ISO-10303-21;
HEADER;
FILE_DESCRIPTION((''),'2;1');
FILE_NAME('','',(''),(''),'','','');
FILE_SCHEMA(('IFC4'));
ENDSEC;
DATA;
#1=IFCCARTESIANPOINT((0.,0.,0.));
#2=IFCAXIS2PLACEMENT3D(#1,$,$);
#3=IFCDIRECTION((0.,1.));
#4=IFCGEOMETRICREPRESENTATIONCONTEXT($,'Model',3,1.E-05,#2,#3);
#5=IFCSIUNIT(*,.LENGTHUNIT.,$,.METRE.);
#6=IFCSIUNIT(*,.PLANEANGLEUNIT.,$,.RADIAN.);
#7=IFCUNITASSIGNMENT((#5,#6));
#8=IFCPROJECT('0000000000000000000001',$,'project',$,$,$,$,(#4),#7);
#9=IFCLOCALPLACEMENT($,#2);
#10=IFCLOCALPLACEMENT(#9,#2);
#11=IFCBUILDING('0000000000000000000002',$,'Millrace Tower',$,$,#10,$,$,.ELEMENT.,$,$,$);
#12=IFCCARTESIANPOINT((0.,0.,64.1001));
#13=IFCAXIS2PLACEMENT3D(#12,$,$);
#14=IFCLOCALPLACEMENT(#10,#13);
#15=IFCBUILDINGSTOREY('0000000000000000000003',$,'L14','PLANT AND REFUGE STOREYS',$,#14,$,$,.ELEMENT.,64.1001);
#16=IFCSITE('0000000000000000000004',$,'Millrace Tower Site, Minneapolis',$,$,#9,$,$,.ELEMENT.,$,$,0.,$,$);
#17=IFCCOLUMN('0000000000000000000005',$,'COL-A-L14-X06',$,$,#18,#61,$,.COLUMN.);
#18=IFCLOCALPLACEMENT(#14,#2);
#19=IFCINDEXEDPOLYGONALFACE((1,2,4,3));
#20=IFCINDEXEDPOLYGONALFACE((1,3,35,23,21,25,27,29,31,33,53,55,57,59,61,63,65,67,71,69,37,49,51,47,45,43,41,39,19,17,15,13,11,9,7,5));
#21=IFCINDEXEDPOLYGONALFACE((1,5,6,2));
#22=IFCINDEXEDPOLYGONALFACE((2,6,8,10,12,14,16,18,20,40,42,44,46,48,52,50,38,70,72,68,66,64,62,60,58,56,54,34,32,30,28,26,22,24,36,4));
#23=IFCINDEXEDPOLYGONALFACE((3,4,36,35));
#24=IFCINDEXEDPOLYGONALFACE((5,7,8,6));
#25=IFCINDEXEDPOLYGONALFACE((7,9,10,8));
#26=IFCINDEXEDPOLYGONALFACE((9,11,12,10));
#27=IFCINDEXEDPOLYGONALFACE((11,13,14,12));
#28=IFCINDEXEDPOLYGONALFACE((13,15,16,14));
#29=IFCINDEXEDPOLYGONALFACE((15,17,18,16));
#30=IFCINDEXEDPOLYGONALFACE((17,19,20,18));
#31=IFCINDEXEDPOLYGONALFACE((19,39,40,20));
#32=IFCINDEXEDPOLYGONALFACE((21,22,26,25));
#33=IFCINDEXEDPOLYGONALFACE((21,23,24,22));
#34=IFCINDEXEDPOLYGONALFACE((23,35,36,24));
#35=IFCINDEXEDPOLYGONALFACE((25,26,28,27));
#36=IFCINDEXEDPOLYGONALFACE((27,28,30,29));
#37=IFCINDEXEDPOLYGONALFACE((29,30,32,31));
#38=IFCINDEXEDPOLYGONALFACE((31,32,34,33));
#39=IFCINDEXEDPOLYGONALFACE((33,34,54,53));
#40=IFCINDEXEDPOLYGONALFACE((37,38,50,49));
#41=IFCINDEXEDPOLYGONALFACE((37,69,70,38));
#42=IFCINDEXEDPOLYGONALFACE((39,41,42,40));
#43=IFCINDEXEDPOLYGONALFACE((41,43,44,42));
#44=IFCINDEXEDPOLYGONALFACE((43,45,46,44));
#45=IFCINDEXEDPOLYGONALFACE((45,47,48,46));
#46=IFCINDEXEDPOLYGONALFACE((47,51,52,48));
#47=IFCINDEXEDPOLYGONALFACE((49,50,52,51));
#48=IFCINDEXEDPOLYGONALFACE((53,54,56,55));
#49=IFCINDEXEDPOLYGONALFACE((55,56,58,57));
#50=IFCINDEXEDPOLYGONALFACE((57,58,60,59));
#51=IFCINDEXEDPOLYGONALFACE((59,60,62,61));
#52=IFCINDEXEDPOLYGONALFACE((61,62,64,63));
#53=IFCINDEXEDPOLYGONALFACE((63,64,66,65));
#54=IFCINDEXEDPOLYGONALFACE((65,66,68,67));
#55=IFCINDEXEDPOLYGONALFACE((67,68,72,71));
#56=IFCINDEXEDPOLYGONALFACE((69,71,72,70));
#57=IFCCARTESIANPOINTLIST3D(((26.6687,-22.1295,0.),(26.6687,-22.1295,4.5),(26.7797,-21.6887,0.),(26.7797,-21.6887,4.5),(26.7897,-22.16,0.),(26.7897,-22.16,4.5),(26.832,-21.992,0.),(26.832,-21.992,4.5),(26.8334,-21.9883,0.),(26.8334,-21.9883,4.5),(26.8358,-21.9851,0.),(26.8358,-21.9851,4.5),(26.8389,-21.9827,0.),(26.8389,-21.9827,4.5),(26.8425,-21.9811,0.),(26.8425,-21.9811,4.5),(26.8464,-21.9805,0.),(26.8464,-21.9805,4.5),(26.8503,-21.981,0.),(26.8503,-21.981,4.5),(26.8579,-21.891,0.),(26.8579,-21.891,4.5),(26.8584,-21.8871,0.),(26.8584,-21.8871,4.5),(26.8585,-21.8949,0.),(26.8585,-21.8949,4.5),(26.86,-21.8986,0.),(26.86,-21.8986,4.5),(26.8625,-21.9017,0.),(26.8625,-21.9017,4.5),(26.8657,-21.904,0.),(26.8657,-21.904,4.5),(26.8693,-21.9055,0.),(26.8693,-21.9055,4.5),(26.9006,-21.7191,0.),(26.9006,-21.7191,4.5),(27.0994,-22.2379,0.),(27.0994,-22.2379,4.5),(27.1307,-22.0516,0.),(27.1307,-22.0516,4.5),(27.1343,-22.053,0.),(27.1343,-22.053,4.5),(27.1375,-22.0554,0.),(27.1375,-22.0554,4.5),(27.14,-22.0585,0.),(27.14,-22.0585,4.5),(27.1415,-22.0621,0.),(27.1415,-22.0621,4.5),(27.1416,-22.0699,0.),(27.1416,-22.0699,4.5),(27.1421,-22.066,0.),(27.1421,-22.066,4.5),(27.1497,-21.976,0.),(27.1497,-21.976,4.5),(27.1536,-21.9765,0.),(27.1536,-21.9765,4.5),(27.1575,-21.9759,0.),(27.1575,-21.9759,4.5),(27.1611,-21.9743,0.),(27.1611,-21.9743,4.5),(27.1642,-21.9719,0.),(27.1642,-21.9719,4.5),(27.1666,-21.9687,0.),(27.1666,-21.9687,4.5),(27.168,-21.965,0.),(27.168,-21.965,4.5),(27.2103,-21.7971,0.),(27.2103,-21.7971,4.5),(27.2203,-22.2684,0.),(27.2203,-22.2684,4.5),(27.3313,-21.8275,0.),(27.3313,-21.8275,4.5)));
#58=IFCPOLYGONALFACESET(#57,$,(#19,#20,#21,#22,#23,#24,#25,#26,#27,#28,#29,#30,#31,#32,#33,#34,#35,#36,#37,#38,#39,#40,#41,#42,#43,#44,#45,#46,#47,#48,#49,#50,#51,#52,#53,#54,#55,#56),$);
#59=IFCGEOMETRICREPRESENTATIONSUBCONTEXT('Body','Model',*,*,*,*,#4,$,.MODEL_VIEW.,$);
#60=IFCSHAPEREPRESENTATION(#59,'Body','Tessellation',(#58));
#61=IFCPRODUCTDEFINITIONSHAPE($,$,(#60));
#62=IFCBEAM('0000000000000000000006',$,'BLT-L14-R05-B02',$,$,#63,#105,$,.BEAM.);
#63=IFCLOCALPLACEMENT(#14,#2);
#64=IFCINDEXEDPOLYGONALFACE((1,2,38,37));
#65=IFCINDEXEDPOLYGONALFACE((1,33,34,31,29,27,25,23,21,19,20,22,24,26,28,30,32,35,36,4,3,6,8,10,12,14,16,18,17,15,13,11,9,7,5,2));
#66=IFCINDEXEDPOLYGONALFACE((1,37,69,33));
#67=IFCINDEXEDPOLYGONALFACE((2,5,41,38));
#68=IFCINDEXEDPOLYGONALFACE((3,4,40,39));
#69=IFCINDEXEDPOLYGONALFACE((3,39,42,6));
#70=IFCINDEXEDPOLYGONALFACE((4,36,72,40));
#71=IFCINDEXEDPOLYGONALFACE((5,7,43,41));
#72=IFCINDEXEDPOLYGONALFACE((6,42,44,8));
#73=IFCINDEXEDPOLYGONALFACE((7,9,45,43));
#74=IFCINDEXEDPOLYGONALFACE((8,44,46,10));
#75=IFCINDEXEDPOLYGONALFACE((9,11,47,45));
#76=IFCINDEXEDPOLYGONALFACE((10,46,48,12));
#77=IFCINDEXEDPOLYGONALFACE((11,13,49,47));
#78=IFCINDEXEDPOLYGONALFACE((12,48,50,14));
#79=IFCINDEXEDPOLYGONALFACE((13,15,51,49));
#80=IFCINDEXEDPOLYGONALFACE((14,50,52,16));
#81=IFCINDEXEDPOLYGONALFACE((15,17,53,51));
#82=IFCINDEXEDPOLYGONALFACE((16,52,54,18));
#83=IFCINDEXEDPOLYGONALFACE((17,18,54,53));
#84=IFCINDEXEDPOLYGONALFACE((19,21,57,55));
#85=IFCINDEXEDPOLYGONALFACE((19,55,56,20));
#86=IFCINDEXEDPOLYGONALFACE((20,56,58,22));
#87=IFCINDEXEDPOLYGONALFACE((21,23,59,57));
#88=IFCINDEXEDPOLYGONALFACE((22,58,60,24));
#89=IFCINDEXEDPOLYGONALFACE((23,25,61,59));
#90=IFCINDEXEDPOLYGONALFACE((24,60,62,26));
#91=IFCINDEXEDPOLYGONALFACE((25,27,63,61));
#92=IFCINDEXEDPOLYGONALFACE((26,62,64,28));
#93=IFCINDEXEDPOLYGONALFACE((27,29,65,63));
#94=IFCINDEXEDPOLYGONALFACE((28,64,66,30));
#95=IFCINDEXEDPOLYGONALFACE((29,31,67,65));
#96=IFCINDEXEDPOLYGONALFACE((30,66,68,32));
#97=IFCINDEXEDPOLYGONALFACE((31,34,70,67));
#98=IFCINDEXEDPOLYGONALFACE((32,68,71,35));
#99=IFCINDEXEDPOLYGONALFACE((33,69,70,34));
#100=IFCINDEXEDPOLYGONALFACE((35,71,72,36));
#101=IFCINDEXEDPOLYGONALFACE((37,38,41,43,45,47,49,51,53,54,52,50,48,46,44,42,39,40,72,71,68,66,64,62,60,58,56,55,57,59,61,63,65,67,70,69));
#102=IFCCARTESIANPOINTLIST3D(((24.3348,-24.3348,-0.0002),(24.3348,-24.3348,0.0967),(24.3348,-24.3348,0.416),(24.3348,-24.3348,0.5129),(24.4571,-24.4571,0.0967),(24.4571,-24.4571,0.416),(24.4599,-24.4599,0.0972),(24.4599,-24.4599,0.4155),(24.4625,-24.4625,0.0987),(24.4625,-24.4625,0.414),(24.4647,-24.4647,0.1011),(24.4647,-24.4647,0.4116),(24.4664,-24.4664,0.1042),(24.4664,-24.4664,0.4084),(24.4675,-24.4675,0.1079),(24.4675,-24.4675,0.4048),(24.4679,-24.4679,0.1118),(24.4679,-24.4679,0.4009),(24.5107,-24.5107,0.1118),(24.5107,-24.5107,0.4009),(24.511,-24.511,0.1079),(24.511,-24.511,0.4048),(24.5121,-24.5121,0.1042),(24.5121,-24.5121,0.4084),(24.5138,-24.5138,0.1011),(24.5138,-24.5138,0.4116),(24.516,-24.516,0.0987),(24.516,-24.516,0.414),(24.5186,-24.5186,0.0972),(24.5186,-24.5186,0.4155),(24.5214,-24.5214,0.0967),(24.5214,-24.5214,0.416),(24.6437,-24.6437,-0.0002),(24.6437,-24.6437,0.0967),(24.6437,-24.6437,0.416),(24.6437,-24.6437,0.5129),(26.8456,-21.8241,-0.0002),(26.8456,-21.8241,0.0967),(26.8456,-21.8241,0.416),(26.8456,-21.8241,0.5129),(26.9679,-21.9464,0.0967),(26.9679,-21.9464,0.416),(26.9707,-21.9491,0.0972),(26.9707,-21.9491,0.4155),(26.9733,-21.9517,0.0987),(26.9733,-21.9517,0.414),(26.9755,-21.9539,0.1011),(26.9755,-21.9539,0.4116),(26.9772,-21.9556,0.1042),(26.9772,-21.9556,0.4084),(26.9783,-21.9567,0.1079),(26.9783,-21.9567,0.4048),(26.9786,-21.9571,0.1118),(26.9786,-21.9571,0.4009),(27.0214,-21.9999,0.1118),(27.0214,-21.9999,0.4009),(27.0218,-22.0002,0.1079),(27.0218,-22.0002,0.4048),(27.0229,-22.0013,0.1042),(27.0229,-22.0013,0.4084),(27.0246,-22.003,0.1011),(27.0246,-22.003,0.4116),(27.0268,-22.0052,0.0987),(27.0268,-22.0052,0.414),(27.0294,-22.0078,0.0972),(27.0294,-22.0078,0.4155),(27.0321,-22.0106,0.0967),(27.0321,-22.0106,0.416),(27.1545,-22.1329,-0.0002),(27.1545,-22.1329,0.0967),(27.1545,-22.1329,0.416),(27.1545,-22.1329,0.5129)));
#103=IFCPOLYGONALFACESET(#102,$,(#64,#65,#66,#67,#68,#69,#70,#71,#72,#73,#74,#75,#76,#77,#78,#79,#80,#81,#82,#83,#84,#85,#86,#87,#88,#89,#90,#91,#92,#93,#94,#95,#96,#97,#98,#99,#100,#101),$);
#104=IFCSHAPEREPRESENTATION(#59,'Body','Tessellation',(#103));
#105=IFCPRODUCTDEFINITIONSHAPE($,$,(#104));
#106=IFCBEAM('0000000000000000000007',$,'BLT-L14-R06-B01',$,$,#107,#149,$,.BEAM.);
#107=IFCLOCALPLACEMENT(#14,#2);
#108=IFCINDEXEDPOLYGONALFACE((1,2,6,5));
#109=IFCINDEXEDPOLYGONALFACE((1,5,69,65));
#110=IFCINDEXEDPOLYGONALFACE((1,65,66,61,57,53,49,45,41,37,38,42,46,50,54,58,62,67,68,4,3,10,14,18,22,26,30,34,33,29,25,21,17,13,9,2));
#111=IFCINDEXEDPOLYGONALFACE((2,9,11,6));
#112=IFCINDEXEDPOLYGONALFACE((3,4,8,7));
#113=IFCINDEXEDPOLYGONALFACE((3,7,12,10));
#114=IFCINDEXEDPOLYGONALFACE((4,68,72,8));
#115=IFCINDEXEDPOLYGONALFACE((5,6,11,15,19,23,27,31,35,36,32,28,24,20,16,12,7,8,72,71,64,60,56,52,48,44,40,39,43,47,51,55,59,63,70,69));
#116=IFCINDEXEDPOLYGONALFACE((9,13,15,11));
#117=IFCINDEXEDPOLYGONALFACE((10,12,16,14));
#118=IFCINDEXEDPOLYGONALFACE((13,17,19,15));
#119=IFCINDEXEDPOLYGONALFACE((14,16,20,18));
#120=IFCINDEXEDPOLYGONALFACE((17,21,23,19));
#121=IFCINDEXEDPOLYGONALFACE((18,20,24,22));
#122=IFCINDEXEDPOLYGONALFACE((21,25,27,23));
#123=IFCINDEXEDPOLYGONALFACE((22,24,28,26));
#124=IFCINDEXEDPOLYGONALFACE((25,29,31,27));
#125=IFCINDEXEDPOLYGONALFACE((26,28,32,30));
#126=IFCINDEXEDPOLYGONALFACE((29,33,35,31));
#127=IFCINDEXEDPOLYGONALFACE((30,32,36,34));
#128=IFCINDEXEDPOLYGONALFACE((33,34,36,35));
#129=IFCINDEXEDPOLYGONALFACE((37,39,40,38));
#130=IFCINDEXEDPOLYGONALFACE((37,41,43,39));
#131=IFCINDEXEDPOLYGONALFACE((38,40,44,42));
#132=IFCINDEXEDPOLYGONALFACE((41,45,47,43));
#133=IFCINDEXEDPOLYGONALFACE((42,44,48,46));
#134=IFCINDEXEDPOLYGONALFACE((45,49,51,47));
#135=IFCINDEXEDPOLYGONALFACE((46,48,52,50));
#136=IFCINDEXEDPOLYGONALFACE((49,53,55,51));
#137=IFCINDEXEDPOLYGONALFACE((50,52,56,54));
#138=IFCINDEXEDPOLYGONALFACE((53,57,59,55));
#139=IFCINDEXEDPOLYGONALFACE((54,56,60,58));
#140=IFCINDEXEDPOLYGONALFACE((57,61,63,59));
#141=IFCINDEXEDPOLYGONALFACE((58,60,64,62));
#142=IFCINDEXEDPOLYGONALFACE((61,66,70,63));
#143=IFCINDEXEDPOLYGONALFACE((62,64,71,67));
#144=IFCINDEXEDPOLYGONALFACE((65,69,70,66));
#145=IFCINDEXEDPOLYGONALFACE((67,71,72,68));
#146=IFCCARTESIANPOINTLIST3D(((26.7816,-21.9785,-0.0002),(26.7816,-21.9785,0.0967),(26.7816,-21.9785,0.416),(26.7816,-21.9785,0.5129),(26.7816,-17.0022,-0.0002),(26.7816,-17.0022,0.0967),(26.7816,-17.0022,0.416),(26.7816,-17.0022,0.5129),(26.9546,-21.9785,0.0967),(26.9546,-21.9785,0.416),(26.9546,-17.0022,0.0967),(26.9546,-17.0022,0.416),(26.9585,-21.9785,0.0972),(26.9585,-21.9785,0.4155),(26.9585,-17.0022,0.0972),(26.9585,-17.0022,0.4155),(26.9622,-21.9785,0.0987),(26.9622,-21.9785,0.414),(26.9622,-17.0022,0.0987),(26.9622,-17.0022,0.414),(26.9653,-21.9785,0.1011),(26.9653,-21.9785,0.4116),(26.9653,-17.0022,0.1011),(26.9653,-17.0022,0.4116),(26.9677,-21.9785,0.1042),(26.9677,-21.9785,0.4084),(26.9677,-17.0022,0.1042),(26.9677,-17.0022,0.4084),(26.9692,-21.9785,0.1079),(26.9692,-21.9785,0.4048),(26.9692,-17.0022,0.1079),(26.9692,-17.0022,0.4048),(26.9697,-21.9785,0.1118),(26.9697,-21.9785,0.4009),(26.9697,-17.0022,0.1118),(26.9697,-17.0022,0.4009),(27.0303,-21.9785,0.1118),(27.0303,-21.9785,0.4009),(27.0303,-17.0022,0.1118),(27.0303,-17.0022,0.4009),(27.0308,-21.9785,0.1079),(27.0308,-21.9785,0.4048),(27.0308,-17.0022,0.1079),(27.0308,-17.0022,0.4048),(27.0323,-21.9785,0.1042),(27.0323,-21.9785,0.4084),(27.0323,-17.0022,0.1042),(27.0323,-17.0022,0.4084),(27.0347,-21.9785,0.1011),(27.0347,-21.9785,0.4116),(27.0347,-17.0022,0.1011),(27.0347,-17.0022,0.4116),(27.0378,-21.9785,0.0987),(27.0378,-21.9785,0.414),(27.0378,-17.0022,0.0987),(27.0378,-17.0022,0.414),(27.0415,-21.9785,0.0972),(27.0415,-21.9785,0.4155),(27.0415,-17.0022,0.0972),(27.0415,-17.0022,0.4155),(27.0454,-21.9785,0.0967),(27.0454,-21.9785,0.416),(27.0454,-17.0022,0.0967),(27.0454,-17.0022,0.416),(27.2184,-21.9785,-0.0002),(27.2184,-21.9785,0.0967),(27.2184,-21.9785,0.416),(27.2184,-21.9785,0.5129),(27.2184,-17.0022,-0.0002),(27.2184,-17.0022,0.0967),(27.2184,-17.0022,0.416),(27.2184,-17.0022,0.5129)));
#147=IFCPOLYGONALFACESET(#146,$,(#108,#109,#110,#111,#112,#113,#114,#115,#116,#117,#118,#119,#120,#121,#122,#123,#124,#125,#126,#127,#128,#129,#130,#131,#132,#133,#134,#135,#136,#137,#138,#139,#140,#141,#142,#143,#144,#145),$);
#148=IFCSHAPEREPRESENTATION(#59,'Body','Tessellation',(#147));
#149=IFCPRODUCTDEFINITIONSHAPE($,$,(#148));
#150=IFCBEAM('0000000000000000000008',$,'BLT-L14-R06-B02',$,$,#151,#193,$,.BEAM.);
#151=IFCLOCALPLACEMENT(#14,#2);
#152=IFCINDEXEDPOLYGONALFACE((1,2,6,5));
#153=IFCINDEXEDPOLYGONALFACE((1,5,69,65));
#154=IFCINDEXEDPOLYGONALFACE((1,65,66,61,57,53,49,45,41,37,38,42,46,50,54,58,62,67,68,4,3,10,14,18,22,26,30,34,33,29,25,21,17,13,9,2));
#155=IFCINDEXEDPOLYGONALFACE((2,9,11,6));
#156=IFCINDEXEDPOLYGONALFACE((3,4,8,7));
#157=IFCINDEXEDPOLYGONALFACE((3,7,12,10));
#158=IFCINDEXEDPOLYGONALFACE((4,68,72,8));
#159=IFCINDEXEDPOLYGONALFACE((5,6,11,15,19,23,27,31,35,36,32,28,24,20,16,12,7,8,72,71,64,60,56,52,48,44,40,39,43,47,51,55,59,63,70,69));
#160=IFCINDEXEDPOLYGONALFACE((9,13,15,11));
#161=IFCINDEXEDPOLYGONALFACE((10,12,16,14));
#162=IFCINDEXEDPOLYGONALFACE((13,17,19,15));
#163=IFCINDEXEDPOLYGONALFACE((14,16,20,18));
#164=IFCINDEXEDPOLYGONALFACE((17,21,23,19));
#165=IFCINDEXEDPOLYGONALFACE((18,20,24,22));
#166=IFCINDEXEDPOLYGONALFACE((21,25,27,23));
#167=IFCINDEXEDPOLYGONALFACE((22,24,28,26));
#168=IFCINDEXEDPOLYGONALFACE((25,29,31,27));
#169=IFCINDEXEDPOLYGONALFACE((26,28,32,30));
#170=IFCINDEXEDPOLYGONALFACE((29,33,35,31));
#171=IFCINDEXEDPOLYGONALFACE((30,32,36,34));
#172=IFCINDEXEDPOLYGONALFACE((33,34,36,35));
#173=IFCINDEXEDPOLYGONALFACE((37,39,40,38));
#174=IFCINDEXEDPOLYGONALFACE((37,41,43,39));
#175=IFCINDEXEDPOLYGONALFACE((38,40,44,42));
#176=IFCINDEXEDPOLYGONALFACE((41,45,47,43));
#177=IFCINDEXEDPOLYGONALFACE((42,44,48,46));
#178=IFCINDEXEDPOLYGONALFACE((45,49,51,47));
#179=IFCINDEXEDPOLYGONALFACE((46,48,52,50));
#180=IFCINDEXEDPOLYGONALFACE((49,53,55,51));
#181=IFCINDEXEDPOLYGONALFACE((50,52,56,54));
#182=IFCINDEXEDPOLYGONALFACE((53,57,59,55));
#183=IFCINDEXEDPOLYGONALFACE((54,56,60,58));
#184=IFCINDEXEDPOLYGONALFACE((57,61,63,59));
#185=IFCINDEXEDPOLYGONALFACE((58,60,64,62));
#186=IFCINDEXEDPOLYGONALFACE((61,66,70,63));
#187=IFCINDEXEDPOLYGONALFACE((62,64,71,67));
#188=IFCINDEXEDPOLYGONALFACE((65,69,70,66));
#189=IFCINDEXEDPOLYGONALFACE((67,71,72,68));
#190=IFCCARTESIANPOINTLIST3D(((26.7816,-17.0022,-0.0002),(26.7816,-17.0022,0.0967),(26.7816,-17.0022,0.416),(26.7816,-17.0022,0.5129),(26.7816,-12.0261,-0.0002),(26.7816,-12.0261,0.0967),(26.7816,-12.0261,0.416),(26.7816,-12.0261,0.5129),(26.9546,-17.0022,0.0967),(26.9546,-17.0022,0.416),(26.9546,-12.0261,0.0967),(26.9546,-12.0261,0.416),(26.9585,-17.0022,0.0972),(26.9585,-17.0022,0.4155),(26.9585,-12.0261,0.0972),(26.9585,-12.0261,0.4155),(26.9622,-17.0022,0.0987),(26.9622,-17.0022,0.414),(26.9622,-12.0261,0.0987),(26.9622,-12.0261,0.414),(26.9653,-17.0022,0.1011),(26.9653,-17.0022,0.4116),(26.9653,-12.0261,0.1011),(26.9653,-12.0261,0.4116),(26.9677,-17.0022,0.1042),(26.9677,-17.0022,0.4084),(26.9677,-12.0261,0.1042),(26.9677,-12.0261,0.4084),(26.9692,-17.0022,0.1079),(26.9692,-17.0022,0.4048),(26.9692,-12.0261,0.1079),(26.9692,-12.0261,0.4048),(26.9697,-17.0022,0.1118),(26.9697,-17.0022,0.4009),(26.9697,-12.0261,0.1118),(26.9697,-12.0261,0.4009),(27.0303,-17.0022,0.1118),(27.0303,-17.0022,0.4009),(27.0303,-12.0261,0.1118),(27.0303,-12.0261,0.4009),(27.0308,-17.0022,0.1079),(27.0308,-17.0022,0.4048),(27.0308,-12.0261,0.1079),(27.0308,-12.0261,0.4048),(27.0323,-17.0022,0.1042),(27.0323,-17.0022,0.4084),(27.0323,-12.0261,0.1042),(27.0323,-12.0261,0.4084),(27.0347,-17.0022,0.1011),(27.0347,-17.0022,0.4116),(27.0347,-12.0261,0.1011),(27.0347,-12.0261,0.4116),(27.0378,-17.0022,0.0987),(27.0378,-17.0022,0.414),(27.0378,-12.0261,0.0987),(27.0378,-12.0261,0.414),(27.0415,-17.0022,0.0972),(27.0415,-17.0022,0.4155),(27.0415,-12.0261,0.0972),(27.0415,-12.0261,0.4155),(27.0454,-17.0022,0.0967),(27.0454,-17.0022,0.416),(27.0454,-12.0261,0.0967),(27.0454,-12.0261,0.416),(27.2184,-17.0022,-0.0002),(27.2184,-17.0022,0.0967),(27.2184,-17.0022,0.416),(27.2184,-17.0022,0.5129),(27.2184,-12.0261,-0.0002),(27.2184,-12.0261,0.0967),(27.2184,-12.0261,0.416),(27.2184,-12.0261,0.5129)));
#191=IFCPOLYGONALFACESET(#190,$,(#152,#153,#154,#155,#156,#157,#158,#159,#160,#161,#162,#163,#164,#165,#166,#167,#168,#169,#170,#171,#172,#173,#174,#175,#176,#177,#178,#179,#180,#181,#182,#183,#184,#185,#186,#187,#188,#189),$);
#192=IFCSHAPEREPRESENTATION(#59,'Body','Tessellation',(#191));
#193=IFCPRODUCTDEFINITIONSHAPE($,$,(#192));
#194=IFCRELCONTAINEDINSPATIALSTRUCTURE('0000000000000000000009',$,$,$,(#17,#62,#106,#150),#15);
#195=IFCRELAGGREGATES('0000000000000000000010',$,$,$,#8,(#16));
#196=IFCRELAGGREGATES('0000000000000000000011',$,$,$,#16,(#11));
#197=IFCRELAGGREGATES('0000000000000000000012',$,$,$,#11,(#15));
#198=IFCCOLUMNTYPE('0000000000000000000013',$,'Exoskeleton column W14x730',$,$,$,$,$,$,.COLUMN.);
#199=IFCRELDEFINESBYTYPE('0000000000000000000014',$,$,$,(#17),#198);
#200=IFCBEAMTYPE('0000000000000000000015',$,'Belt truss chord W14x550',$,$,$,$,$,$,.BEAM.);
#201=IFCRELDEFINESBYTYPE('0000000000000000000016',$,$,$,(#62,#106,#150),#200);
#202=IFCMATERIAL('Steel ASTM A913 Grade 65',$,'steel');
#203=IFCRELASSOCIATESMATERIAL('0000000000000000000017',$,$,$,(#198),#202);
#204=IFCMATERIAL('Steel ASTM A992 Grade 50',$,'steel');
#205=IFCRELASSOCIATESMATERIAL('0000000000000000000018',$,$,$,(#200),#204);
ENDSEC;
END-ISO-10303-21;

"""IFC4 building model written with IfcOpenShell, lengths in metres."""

from ifc_helpers import new_model, si_unit, direction, frame, origin, origin_2d, place, context, subcontext, project, spatial, i_section, extrude, material, material_profile, profile_set, type_object, element, save


model = new_model("IFC4")

# Units and contexts
model_context = context("Model", 3, precision=1e-05, world=origin(), true_north=direction((0.0, 1.0)))
body_context = subcontext(model_context, "Body", "Model", "MODEL_VIEW")
ifc_project = project(units=[si_unit("LENGTHUNIT", "METRE"), si_unit("PLANEANGLEUNIT", "RADIAN")], contexts=[model_context])

# Site, building, storey
site_placement = place(None, origin())
site = spatial("IfcSite", under=ifc_project, at=site_placement, Name="Millrace Tower Site, Minneapolis", CompositionType="ELEMENT", RefElevation=0.0)
building_placement = place(site_placement, origin())
building = spatial("IfcBuilding", under=site, at=building_placement, Name="Millrace Tower", CompositionType="ELEMENT")
storey_placement = place(building_placement, frame((0.0, 0.0, 64.1001)))
storey = spatial("IfcBuildingStorey", under=building, at=storey_placement, Name="L14", Description="PLANT AND REFUGE STOREYS", CompositionType="ELEMENT", Elevation=64.1001)

# Column
ifc_material_1 = material(Name="Steel ASTM A913 Grade 65", Category="steel")
ifc_material_profile_1 = material_profile(ifc_material_1, i_section(OverallWidth=0.4546, OverallDepth=0.5688, WebThickness=0.0779, FlangeThickness=0.1248, FilletRadius=0.0151, at=origin_2d()))
ifc_profile_set_1 = profile_set([ifc_material_profile_1], Name="Steel ASTM A913 Grade 65")
column_type = type_object("IfcColumnType", Name="Exoskeleton column W14x730", PredefinedType="COLUMN", material=ifc_profile_set_1)
column_placement = place(storey_placement, frame((27.0, -21.9785, 0.0), z_axis=(0.0, 0.0, 1.0), x_axis=(0.244094, 0.969752, 0.0)))
element("IfcColumn", 1, at=column_placement, inside=storey, type_object=column_type, Name="COL-A-L14-X06", PredefinedType="COLUMN", context=body_context, shape_type="SweptSolid", body=[
    extrude(i_section(OverallWidth=0.4546, OverallDepth=0.5688, WebThickness=0.0779, FlangeThickness=0.1248, FilletRadius=0.0151, at=origin_2d()), origin(), (0.0, 0.0, 1.0), 4.5),
])

# Beams
ifc_material_2 = material(Name="Steel ASTM A992 Grade 50", Category="steel")
ifc_material_profile_2 = material_profile(ifc_material_2, i_section(OverallWidth=0.4368, OverallDepth=0.5132, WebThickness=0.0605, FlangeThickness=0.0969, FilletRadius=0.0151, at=origin_2d()))
ifc_profile_set_2 = profile_set([ifc_material_profile_2], Name="Steel ASTM A992 Grade 50")
beam_type_1 = type_object("IfcBeamType", Name="Belt truss chord W14x550", PredefinedType="BEAM", material=ifc_profile_set_2)
beam_1_placement = place(storey_placement, frame((24.4893, -24.4893, 0.2563), z_axis=(0.707107, 0.707107, 0.0), x_axis=(-0.707107, 0.707107, 0.0)))
element("IfcBeam", 2, at=beam_1_placement, inside=storey, type_object=beam_type_1, Name="BLT-L14-R05-B02", PredefinedType="BEAM", context=body_context, shape_type="SweptSolid", body=[
    extrude(i_section(OverallWidth=0.4368, OverallDepth=0.5132, WebThickness=0.0605, FlangeThickness=0.0969, FilletRadius=0.0151, at=origin_2d()), origin(), (0.0, 0.0, 1.0), 3.5508),
])
beam_2_placement = place(storey_placement, frame((27.0, -21.9785, 0.2563), z_axis=(0.0, 1.0, 0.0), x_axis=(-1.0, 0.0, 0.0)))
element("IfcBeam", 3, at=beam_2_placement, inside=storey, type_object=beam_type_1, Name="BLT-L14-R06-B01", PredefinedType="BEAM", context=body_context, shape_type="SweptSolid", body=[
    extrude(i_section(OverallWidth=0.4368, OverallDepth=0.5132, WebThickness=0.0605, FlangeThickness=0.0969, FilletRadius=0.0151, at=origin_2d()), origin(), (0.0, 0.0, 1.0), 4.9763),
])
for number, where, z_axis, x_axis, name in (
    (4, (27.0, -17.0022, 0.2563), (0.0, 1.0, 0.0), (-1.0, 0.0, 0.0), "BLT-L14-R06-B02"),
):
    element("IfcBeam", number, at=place(storey_placement, frame(where, z_axis=z_axis, x_axis=x_axis)), inside=storey, type_object=beam_type_1, Name=name, PredefinedType="BEAM", context=body_context, shape_type="SweptSolid", body=[
        extrude(i_section(OverallWidth=0.4368, OverallDepth=0.5132, WebThickness=0.0605, FlangeThickness=0.0969, FilletRadius=0.0151, at=origin_2d()), origin(), (0.0, 0.0, 1.0), 4.9761),
    ])

save(model, "model.ifc")
